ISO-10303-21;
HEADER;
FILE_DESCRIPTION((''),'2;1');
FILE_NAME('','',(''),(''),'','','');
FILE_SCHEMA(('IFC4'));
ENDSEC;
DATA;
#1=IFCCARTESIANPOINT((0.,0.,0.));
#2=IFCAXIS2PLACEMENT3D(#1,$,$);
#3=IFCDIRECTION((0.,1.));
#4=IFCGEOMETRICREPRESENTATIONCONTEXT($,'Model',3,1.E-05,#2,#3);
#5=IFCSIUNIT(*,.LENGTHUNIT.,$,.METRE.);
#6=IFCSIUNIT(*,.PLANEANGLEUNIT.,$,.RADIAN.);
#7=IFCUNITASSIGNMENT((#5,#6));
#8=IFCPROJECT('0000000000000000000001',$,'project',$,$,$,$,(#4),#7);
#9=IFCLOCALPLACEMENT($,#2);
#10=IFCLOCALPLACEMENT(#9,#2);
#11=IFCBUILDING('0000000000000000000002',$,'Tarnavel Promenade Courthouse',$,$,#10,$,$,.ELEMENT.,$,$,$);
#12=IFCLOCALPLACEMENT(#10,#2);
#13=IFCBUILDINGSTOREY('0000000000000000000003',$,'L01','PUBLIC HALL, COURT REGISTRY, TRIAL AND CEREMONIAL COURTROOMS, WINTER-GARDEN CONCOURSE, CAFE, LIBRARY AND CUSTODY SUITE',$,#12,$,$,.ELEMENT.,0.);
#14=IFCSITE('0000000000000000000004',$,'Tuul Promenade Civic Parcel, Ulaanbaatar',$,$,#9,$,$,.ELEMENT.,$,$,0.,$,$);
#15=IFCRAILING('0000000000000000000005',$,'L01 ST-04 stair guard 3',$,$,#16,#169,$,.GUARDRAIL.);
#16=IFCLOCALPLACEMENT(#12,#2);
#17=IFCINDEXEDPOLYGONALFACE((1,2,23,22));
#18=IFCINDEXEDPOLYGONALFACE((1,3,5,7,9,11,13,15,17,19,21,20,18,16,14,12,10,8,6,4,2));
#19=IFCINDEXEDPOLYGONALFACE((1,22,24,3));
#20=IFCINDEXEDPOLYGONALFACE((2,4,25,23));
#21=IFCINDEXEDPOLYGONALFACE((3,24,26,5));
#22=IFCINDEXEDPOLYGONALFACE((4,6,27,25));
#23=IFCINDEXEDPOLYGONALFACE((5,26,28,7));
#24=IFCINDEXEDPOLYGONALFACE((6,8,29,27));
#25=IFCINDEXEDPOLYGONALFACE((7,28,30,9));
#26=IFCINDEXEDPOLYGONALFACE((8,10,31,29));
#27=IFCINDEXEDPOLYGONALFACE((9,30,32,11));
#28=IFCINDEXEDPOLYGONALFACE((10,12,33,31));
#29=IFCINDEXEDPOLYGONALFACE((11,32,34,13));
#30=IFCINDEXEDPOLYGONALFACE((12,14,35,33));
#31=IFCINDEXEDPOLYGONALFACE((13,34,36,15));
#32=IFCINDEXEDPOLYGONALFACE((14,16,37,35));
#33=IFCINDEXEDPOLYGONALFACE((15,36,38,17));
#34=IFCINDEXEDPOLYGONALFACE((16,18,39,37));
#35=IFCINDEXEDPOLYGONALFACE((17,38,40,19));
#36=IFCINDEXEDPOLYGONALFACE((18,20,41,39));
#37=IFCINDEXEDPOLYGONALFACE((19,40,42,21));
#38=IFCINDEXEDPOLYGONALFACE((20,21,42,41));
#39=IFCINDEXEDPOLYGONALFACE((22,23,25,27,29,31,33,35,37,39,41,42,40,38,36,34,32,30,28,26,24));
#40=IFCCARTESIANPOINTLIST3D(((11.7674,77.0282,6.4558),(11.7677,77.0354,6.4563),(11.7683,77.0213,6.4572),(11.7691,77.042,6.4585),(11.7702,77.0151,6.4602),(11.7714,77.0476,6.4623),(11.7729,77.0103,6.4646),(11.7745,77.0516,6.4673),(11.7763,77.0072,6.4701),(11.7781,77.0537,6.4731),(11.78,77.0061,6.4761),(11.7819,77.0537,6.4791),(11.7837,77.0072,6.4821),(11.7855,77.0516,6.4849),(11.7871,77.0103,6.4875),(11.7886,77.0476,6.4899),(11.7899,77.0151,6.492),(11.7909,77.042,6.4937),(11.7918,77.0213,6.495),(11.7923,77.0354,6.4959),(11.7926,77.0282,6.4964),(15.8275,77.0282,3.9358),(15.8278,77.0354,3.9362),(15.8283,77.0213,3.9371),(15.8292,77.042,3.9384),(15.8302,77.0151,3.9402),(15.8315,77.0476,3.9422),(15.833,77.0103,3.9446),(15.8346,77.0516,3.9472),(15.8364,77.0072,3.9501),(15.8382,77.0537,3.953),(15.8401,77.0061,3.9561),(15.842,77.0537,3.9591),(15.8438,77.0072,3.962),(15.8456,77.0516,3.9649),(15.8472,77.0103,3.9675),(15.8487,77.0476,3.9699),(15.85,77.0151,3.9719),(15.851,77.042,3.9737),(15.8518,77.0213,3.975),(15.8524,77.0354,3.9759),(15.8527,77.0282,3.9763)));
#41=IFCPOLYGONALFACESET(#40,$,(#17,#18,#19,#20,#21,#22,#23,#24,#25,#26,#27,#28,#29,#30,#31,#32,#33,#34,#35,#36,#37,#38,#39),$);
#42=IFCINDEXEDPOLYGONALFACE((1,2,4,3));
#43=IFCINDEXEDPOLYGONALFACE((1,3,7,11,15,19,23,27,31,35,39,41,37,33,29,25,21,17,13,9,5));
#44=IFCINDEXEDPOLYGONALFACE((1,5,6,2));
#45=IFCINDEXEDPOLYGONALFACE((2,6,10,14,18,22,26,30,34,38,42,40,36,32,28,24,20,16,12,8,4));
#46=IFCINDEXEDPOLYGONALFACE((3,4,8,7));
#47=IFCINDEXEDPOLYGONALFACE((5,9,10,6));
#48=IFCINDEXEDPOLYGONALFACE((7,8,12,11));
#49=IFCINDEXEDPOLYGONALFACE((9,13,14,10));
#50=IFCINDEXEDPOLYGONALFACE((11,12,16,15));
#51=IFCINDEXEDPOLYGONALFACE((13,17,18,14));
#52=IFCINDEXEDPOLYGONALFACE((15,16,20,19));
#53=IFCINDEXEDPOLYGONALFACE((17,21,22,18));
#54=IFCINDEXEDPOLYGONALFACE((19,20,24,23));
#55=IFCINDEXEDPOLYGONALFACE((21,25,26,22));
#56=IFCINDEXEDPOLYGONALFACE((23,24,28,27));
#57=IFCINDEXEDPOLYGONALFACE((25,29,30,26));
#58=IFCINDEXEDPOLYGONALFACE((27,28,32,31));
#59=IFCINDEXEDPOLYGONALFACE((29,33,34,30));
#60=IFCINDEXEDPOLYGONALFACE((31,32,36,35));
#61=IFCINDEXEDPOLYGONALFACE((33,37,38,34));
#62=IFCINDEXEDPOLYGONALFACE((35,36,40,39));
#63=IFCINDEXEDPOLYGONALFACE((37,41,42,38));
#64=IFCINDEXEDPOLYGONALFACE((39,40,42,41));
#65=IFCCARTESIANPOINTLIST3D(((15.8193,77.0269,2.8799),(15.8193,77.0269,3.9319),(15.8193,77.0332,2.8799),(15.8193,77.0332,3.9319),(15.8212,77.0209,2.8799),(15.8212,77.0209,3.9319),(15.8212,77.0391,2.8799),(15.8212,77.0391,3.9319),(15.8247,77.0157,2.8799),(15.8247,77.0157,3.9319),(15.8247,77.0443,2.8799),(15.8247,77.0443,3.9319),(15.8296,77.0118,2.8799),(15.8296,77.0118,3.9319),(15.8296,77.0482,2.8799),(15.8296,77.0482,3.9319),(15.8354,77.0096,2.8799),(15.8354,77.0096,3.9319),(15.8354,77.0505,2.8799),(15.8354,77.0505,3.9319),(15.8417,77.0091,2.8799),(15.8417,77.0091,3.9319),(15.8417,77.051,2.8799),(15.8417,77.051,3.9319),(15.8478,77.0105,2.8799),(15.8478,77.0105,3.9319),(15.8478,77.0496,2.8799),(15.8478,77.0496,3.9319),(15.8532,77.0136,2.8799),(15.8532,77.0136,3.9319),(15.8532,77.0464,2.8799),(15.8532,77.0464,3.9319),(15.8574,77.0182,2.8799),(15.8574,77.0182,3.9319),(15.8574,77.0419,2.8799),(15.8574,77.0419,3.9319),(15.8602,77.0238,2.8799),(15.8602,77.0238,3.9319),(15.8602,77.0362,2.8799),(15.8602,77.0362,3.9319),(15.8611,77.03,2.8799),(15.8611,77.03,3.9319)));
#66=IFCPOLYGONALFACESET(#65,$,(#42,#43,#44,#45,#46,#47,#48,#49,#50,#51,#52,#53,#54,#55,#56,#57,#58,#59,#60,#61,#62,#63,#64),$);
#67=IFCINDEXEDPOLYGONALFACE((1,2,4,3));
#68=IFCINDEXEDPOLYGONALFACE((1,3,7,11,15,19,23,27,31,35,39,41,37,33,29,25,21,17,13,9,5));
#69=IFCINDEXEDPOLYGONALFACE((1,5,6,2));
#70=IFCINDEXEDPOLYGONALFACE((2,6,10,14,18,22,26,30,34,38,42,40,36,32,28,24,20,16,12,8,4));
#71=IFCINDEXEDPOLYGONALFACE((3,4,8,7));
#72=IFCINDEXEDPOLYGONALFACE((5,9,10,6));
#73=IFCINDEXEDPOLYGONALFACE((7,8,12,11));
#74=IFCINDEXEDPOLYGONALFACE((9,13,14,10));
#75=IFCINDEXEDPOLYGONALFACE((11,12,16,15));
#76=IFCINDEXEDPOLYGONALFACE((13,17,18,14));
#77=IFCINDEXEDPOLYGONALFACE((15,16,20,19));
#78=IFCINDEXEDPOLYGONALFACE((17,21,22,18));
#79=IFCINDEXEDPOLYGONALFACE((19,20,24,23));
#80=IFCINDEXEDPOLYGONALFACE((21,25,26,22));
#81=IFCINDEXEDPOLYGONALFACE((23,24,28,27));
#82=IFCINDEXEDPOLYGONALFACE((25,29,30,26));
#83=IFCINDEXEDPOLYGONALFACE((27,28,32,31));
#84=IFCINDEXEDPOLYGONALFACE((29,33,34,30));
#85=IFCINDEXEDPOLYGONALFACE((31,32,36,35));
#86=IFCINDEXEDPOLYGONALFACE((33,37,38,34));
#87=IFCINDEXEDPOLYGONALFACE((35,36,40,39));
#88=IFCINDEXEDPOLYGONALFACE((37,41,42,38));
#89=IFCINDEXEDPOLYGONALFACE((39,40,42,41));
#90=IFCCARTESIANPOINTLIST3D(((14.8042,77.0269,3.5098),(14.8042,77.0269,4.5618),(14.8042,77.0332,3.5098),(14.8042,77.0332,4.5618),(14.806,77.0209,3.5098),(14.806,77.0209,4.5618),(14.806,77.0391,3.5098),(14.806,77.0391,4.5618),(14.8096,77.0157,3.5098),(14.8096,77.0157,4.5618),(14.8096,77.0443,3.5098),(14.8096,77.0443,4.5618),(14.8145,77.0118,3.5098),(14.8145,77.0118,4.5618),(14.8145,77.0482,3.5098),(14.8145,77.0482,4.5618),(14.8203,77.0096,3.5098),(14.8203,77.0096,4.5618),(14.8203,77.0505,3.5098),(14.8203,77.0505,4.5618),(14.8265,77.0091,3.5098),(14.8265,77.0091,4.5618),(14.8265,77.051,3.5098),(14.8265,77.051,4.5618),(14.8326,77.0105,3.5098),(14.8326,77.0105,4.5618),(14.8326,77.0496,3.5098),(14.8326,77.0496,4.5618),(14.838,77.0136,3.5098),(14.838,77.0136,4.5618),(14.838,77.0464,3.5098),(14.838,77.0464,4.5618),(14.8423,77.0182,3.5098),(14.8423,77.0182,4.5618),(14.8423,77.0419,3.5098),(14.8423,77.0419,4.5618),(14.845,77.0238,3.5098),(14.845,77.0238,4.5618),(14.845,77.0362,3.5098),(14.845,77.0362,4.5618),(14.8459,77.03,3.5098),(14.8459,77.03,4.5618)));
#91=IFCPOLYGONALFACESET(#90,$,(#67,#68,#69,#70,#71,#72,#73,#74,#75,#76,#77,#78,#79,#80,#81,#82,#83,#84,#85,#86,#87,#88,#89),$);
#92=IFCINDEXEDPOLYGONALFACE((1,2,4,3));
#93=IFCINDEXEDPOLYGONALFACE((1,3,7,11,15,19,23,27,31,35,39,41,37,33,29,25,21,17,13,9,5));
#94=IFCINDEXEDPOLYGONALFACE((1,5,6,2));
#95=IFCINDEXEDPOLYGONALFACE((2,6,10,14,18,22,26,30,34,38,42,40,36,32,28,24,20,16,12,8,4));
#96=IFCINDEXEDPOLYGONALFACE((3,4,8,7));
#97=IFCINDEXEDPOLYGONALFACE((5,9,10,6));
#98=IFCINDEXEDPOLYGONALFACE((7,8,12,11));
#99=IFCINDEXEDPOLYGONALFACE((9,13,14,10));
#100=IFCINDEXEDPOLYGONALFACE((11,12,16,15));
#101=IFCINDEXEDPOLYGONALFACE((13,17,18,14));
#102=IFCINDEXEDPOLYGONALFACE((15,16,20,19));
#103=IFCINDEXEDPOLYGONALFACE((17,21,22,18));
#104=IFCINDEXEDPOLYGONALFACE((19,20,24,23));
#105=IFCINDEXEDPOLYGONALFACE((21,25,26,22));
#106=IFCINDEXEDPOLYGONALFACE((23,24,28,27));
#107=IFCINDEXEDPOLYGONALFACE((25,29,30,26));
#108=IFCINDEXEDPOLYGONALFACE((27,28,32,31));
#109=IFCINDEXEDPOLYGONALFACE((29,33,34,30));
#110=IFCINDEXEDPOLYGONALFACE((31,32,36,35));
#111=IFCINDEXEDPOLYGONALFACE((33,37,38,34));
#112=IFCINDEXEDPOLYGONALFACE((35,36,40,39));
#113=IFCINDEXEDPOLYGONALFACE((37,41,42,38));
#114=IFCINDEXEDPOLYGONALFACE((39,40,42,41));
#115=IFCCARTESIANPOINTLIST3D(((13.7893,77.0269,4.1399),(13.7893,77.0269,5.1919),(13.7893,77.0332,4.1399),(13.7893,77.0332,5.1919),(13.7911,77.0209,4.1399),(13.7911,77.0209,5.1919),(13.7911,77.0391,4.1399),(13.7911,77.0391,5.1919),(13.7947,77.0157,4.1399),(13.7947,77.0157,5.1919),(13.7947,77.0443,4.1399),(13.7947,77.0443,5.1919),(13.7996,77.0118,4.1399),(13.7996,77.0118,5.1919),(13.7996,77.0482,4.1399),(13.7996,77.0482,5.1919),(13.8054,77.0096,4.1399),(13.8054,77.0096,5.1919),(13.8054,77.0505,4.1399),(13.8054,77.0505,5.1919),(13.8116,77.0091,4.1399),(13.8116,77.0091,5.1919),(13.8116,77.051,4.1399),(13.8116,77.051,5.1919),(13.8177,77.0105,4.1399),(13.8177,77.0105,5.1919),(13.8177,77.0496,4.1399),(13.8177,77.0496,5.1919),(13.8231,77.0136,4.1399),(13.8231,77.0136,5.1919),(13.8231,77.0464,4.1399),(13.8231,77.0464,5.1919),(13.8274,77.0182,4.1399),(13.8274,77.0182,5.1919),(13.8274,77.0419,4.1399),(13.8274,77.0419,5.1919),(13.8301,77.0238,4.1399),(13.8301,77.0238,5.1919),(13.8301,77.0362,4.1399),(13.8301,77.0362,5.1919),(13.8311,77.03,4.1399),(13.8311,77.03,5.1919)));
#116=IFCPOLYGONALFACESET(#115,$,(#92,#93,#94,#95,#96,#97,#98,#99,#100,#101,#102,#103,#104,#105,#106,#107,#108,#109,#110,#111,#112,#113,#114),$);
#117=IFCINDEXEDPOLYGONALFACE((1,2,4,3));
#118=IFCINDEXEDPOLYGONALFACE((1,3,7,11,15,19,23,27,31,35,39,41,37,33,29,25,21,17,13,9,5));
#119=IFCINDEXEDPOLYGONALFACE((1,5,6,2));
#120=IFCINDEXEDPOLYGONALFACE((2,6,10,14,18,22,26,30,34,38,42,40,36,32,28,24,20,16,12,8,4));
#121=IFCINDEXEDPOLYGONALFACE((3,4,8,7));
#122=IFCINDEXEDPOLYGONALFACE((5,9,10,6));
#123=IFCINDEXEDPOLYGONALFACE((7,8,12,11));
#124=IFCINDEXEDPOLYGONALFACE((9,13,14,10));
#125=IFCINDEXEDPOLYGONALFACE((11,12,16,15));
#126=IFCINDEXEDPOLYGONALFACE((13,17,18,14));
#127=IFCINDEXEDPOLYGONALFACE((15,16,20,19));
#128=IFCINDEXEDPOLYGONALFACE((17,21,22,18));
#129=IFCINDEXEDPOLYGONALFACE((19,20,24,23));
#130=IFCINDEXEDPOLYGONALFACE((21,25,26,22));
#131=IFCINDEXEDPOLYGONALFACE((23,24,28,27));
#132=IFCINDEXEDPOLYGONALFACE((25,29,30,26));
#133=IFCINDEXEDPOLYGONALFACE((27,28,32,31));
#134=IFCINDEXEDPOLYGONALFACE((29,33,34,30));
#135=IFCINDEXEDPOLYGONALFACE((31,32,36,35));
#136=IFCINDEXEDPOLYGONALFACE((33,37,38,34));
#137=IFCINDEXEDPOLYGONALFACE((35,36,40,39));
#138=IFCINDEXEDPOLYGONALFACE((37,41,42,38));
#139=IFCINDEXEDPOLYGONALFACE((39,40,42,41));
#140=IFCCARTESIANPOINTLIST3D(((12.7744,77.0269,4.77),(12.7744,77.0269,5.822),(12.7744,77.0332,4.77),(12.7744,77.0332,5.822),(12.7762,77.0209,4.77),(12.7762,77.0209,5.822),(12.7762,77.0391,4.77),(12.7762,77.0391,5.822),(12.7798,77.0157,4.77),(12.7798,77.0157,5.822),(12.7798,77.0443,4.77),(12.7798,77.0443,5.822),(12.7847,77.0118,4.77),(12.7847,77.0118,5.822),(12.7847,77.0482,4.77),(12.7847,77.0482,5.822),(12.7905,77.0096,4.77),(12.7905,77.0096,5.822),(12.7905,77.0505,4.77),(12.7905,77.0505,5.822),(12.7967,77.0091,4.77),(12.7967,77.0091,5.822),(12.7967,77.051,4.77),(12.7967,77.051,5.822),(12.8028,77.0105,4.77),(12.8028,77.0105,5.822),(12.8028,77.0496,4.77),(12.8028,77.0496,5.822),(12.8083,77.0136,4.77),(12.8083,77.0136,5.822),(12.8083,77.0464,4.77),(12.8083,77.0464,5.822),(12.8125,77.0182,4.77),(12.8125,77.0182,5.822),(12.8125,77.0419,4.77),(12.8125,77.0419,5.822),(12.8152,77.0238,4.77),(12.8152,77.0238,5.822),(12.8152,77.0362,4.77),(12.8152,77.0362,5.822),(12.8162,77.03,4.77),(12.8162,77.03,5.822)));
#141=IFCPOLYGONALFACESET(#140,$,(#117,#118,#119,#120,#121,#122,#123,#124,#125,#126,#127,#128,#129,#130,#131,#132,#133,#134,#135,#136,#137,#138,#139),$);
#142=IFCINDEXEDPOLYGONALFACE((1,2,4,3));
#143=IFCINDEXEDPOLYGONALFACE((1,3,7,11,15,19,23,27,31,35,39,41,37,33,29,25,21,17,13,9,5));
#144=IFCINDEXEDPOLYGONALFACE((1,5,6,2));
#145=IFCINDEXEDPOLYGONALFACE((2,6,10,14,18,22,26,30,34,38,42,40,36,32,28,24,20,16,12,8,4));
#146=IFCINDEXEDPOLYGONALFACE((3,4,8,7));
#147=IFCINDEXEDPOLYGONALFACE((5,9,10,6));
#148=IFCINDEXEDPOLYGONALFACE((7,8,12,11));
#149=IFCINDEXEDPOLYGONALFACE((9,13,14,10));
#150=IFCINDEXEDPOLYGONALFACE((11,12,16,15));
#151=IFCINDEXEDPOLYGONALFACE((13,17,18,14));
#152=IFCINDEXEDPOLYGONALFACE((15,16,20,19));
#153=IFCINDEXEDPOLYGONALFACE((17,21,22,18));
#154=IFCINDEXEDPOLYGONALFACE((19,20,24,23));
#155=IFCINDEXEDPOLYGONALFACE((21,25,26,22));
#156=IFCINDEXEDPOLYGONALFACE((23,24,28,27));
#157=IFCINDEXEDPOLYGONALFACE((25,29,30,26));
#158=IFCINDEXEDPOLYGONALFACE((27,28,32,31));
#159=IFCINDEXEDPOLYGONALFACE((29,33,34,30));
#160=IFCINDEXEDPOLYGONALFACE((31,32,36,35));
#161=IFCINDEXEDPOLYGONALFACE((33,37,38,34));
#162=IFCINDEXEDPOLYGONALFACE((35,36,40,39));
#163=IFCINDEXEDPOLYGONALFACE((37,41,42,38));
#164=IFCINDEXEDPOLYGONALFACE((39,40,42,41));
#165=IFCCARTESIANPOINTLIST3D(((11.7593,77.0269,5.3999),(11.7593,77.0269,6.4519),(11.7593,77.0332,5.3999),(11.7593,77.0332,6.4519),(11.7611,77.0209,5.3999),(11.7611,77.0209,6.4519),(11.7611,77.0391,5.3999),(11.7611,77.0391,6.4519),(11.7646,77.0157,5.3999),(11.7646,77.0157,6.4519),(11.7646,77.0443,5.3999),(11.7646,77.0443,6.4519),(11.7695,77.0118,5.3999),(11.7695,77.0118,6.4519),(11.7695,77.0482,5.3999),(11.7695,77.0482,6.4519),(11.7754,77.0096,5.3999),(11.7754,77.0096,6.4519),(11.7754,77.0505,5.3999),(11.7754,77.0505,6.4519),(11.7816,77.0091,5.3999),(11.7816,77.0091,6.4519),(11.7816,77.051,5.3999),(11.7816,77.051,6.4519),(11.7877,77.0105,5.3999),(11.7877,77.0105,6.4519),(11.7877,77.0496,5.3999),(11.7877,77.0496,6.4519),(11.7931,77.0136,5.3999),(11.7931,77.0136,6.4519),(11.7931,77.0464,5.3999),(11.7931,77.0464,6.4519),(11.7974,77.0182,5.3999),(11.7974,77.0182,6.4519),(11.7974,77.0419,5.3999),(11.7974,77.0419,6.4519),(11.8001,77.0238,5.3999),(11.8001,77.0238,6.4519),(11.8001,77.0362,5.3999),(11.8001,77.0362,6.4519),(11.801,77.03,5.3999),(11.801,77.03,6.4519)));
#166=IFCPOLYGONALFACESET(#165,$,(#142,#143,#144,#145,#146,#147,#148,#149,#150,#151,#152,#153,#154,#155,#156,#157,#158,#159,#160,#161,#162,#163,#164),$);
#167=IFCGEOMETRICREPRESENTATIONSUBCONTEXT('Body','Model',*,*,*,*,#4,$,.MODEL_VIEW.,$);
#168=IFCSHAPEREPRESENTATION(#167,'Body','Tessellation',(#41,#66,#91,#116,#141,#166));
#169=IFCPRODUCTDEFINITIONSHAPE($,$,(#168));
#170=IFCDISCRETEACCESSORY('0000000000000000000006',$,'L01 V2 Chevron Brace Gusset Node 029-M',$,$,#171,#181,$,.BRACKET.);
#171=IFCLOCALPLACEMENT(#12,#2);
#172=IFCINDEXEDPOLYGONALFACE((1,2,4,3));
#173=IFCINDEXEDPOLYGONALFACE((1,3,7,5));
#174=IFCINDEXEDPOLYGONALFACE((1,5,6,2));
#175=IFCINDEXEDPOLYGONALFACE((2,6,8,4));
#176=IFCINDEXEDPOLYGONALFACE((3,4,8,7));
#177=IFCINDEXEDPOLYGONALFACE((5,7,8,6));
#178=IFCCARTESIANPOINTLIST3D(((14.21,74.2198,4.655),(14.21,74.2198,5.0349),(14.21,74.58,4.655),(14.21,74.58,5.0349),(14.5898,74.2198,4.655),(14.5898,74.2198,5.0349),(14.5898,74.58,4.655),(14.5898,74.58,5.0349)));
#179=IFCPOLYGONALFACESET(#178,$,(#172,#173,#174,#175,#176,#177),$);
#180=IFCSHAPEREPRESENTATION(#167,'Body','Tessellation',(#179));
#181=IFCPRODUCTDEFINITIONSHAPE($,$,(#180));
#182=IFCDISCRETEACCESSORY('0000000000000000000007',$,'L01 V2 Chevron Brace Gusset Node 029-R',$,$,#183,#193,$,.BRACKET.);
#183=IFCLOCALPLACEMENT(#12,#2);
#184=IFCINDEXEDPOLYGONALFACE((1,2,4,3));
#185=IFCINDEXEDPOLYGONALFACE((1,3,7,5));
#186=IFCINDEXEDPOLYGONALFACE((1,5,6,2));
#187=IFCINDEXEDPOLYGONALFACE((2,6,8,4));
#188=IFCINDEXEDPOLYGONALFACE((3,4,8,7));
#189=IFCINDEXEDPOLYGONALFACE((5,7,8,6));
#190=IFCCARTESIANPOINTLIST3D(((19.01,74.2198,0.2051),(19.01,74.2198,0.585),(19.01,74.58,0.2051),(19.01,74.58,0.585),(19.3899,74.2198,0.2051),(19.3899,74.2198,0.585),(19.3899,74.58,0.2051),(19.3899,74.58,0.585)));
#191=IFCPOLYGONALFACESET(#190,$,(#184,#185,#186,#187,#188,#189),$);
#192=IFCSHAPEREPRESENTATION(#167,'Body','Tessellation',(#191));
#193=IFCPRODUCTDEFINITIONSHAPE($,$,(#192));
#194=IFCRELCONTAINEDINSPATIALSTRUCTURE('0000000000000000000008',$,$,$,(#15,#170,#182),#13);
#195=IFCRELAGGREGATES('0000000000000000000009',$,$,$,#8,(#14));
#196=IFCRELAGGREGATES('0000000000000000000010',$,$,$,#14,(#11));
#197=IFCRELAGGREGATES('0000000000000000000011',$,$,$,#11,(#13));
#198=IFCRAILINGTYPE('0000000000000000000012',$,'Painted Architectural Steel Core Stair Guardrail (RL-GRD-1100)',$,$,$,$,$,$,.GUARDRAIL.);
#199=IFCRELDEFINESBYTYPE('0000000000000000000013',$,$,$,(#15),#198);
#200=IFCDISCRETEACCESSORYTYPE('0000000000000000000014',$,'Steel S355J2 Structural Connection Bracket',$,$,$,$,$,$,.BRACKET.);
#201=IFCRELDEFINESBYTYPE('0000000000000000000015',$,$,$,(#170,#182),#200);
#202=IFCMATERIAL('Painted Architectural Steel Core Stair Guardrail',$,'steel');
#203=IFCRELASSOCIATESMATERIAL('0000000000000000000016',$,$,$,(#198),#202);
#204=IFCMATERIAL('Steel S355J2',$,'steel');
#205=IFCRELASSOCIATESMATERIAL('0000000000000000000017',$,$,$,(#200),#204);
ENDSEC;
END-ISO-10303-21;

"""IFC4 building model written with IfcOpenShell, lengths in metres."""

from ifc_helpers import new_model, si_unit, direction, frame, origin, origin_2d, place, context, subcontext, project, spatial, rectangle, circle, extrude, material, type_object, element, save


model = new_model("IFC4")

# Units and contexts
model_context = context("Model", 3, precision=1e-05, world=origin(), true_north=direction((0.0, 1.0)))
body_context = subcontext(model_context, "Body", "Model", "MODEL_VIEW")
ifc_project = project(units=[si_unit("LENGTHUNIT", "METRE"), si_unit("PLANEANGLEUNIT", "RADIAN")], contexts=[model_context])

# Site, building, storey
site_placement = place(None, origin())
site = spatial("IfcSite", under=ifc_project, at=site_placement, Name="Tuul Promenade Civic Parcel, Ulaanbaatar", CompositionType="ELEMENT", RefElevation=0.0)
building_placement = place(site_placement, origin())
building = spatial("IfcBuilding", under=site, at=building_placement, Name="Tarnavel Promenade Courthouse", CompositionType="ELEMENT")
storey_placement = place(building_placement, origin())
storey = spatial("IfcBuildingStorey", under=building, at=storey_placement, Name="L01", Description="PUBLIC HALL, COURT REGISTRY, TRIAL AND CEREMONIAL COURTROOMS, WINTER-GARDEN CONCOURSE, CAFE, LIBRARY AND CUSTODY SUITE", CompositionType="ELEMENT", Elevation=0.0)

# Shared definitions
ifc_material_1 = material(Name="Steel S355J2", Category="steel")

# Railing
ifc_material_2 = material(Name="Painted Architectural Steel Core Stair Guardrail", Category="steel")
railing_type_1 = type_object("IfcRailingType", Name="Painted Architectural Steel Core Stair Guardrail (RL-GRD-1100)", PredefinedType="GUARDRAIL", material=ifc_material_2)
railing_1_placement = place(storey_placement, frame((15.8401, 77.03, 2.8799)))
element("IfcRailing", 1, at=railing_1_placement, inside=storey, type_object=railing_type_1, Name="L01 ST-04 stair guard 3", PredefinedType="GUARDRAIL", context=body_context, shape_type="SweptSolid", body=[
    extrude(circle(Radius=0.0239, at=origin_2d()), frame((0.0, 0.0, 1.0762), z_axis=(-0.849642, 0.0, 0.52736), x_axis=(0.0, -1.0, 0.0)), (0.0, 0.0, 1.0), 4.7786),
    extrude(circle(Radius=0.021, at=origin_2d()), origin(), (0.0, 0.0, 1.0), 1.052),
    extrude(circle(Radius=0.021, at=origin_2d()), frame((-1.0151, 0.0, 0.6299)), (0.0, 0.0, 1.0), 1.052),
    extrude(circle(Radius=0.021, at=origin_2d()), frame((-2.03, 0.0, 1.26)), (0.0, 0.0, 1.0), 1.052),
    extrude(circle(Radius=0.021, at=origin_2d()), frame((-3.0449, 0.0, 1.8901)), (0.0, 0.0, 1.0), 1.052),
    extrude(circle(Radius=0.021, at=origin_2d()), frame((-4.0601, 0.0, 2.52)), (0.0, 0.0, 1.0), 1.052),
])

# Discrete accessories
discrete_accessory_type = type_object("IfcDiscreteAccessoryType", Name="Steel S355J2 Structural Connection Bracket", PredefinedType="BRACKET", material=ifc_material_1)
for number, where, z_axis, x_axis, name in (
    (2, (14.3999, 74.3999, 4.655), (0.0, 0.0, 1.0), (1.0, 0.0, 0.0), "L01 V2 Chevron Brace Gusset Node 029-M"),
    (3, (19.2, 74.3999, 0.2051), (0.0, 0.0, 1.0), (1.0, 0.0, 0.0), "L01 V2 Chevron Brace Gusset Node 029-R"),
):
    element("IfcDiscreteAccessory", number, at=place(storey_placement, frame(where, z_axis=z_axis, x_axis=x_axis)), inside=storey, type_object=discrete_accessory_type, Name=name, PredefinedType="BRACKET", context=body_context, shape_type="SweptSolid", body=[
        extrude(rectangle(XDim=0.3799, YDim=0.3601, at=origin_2d()), origin(), (0.0, 0.0, 1.0), 0.3799),
    ])

save(model, "model.ifc")
